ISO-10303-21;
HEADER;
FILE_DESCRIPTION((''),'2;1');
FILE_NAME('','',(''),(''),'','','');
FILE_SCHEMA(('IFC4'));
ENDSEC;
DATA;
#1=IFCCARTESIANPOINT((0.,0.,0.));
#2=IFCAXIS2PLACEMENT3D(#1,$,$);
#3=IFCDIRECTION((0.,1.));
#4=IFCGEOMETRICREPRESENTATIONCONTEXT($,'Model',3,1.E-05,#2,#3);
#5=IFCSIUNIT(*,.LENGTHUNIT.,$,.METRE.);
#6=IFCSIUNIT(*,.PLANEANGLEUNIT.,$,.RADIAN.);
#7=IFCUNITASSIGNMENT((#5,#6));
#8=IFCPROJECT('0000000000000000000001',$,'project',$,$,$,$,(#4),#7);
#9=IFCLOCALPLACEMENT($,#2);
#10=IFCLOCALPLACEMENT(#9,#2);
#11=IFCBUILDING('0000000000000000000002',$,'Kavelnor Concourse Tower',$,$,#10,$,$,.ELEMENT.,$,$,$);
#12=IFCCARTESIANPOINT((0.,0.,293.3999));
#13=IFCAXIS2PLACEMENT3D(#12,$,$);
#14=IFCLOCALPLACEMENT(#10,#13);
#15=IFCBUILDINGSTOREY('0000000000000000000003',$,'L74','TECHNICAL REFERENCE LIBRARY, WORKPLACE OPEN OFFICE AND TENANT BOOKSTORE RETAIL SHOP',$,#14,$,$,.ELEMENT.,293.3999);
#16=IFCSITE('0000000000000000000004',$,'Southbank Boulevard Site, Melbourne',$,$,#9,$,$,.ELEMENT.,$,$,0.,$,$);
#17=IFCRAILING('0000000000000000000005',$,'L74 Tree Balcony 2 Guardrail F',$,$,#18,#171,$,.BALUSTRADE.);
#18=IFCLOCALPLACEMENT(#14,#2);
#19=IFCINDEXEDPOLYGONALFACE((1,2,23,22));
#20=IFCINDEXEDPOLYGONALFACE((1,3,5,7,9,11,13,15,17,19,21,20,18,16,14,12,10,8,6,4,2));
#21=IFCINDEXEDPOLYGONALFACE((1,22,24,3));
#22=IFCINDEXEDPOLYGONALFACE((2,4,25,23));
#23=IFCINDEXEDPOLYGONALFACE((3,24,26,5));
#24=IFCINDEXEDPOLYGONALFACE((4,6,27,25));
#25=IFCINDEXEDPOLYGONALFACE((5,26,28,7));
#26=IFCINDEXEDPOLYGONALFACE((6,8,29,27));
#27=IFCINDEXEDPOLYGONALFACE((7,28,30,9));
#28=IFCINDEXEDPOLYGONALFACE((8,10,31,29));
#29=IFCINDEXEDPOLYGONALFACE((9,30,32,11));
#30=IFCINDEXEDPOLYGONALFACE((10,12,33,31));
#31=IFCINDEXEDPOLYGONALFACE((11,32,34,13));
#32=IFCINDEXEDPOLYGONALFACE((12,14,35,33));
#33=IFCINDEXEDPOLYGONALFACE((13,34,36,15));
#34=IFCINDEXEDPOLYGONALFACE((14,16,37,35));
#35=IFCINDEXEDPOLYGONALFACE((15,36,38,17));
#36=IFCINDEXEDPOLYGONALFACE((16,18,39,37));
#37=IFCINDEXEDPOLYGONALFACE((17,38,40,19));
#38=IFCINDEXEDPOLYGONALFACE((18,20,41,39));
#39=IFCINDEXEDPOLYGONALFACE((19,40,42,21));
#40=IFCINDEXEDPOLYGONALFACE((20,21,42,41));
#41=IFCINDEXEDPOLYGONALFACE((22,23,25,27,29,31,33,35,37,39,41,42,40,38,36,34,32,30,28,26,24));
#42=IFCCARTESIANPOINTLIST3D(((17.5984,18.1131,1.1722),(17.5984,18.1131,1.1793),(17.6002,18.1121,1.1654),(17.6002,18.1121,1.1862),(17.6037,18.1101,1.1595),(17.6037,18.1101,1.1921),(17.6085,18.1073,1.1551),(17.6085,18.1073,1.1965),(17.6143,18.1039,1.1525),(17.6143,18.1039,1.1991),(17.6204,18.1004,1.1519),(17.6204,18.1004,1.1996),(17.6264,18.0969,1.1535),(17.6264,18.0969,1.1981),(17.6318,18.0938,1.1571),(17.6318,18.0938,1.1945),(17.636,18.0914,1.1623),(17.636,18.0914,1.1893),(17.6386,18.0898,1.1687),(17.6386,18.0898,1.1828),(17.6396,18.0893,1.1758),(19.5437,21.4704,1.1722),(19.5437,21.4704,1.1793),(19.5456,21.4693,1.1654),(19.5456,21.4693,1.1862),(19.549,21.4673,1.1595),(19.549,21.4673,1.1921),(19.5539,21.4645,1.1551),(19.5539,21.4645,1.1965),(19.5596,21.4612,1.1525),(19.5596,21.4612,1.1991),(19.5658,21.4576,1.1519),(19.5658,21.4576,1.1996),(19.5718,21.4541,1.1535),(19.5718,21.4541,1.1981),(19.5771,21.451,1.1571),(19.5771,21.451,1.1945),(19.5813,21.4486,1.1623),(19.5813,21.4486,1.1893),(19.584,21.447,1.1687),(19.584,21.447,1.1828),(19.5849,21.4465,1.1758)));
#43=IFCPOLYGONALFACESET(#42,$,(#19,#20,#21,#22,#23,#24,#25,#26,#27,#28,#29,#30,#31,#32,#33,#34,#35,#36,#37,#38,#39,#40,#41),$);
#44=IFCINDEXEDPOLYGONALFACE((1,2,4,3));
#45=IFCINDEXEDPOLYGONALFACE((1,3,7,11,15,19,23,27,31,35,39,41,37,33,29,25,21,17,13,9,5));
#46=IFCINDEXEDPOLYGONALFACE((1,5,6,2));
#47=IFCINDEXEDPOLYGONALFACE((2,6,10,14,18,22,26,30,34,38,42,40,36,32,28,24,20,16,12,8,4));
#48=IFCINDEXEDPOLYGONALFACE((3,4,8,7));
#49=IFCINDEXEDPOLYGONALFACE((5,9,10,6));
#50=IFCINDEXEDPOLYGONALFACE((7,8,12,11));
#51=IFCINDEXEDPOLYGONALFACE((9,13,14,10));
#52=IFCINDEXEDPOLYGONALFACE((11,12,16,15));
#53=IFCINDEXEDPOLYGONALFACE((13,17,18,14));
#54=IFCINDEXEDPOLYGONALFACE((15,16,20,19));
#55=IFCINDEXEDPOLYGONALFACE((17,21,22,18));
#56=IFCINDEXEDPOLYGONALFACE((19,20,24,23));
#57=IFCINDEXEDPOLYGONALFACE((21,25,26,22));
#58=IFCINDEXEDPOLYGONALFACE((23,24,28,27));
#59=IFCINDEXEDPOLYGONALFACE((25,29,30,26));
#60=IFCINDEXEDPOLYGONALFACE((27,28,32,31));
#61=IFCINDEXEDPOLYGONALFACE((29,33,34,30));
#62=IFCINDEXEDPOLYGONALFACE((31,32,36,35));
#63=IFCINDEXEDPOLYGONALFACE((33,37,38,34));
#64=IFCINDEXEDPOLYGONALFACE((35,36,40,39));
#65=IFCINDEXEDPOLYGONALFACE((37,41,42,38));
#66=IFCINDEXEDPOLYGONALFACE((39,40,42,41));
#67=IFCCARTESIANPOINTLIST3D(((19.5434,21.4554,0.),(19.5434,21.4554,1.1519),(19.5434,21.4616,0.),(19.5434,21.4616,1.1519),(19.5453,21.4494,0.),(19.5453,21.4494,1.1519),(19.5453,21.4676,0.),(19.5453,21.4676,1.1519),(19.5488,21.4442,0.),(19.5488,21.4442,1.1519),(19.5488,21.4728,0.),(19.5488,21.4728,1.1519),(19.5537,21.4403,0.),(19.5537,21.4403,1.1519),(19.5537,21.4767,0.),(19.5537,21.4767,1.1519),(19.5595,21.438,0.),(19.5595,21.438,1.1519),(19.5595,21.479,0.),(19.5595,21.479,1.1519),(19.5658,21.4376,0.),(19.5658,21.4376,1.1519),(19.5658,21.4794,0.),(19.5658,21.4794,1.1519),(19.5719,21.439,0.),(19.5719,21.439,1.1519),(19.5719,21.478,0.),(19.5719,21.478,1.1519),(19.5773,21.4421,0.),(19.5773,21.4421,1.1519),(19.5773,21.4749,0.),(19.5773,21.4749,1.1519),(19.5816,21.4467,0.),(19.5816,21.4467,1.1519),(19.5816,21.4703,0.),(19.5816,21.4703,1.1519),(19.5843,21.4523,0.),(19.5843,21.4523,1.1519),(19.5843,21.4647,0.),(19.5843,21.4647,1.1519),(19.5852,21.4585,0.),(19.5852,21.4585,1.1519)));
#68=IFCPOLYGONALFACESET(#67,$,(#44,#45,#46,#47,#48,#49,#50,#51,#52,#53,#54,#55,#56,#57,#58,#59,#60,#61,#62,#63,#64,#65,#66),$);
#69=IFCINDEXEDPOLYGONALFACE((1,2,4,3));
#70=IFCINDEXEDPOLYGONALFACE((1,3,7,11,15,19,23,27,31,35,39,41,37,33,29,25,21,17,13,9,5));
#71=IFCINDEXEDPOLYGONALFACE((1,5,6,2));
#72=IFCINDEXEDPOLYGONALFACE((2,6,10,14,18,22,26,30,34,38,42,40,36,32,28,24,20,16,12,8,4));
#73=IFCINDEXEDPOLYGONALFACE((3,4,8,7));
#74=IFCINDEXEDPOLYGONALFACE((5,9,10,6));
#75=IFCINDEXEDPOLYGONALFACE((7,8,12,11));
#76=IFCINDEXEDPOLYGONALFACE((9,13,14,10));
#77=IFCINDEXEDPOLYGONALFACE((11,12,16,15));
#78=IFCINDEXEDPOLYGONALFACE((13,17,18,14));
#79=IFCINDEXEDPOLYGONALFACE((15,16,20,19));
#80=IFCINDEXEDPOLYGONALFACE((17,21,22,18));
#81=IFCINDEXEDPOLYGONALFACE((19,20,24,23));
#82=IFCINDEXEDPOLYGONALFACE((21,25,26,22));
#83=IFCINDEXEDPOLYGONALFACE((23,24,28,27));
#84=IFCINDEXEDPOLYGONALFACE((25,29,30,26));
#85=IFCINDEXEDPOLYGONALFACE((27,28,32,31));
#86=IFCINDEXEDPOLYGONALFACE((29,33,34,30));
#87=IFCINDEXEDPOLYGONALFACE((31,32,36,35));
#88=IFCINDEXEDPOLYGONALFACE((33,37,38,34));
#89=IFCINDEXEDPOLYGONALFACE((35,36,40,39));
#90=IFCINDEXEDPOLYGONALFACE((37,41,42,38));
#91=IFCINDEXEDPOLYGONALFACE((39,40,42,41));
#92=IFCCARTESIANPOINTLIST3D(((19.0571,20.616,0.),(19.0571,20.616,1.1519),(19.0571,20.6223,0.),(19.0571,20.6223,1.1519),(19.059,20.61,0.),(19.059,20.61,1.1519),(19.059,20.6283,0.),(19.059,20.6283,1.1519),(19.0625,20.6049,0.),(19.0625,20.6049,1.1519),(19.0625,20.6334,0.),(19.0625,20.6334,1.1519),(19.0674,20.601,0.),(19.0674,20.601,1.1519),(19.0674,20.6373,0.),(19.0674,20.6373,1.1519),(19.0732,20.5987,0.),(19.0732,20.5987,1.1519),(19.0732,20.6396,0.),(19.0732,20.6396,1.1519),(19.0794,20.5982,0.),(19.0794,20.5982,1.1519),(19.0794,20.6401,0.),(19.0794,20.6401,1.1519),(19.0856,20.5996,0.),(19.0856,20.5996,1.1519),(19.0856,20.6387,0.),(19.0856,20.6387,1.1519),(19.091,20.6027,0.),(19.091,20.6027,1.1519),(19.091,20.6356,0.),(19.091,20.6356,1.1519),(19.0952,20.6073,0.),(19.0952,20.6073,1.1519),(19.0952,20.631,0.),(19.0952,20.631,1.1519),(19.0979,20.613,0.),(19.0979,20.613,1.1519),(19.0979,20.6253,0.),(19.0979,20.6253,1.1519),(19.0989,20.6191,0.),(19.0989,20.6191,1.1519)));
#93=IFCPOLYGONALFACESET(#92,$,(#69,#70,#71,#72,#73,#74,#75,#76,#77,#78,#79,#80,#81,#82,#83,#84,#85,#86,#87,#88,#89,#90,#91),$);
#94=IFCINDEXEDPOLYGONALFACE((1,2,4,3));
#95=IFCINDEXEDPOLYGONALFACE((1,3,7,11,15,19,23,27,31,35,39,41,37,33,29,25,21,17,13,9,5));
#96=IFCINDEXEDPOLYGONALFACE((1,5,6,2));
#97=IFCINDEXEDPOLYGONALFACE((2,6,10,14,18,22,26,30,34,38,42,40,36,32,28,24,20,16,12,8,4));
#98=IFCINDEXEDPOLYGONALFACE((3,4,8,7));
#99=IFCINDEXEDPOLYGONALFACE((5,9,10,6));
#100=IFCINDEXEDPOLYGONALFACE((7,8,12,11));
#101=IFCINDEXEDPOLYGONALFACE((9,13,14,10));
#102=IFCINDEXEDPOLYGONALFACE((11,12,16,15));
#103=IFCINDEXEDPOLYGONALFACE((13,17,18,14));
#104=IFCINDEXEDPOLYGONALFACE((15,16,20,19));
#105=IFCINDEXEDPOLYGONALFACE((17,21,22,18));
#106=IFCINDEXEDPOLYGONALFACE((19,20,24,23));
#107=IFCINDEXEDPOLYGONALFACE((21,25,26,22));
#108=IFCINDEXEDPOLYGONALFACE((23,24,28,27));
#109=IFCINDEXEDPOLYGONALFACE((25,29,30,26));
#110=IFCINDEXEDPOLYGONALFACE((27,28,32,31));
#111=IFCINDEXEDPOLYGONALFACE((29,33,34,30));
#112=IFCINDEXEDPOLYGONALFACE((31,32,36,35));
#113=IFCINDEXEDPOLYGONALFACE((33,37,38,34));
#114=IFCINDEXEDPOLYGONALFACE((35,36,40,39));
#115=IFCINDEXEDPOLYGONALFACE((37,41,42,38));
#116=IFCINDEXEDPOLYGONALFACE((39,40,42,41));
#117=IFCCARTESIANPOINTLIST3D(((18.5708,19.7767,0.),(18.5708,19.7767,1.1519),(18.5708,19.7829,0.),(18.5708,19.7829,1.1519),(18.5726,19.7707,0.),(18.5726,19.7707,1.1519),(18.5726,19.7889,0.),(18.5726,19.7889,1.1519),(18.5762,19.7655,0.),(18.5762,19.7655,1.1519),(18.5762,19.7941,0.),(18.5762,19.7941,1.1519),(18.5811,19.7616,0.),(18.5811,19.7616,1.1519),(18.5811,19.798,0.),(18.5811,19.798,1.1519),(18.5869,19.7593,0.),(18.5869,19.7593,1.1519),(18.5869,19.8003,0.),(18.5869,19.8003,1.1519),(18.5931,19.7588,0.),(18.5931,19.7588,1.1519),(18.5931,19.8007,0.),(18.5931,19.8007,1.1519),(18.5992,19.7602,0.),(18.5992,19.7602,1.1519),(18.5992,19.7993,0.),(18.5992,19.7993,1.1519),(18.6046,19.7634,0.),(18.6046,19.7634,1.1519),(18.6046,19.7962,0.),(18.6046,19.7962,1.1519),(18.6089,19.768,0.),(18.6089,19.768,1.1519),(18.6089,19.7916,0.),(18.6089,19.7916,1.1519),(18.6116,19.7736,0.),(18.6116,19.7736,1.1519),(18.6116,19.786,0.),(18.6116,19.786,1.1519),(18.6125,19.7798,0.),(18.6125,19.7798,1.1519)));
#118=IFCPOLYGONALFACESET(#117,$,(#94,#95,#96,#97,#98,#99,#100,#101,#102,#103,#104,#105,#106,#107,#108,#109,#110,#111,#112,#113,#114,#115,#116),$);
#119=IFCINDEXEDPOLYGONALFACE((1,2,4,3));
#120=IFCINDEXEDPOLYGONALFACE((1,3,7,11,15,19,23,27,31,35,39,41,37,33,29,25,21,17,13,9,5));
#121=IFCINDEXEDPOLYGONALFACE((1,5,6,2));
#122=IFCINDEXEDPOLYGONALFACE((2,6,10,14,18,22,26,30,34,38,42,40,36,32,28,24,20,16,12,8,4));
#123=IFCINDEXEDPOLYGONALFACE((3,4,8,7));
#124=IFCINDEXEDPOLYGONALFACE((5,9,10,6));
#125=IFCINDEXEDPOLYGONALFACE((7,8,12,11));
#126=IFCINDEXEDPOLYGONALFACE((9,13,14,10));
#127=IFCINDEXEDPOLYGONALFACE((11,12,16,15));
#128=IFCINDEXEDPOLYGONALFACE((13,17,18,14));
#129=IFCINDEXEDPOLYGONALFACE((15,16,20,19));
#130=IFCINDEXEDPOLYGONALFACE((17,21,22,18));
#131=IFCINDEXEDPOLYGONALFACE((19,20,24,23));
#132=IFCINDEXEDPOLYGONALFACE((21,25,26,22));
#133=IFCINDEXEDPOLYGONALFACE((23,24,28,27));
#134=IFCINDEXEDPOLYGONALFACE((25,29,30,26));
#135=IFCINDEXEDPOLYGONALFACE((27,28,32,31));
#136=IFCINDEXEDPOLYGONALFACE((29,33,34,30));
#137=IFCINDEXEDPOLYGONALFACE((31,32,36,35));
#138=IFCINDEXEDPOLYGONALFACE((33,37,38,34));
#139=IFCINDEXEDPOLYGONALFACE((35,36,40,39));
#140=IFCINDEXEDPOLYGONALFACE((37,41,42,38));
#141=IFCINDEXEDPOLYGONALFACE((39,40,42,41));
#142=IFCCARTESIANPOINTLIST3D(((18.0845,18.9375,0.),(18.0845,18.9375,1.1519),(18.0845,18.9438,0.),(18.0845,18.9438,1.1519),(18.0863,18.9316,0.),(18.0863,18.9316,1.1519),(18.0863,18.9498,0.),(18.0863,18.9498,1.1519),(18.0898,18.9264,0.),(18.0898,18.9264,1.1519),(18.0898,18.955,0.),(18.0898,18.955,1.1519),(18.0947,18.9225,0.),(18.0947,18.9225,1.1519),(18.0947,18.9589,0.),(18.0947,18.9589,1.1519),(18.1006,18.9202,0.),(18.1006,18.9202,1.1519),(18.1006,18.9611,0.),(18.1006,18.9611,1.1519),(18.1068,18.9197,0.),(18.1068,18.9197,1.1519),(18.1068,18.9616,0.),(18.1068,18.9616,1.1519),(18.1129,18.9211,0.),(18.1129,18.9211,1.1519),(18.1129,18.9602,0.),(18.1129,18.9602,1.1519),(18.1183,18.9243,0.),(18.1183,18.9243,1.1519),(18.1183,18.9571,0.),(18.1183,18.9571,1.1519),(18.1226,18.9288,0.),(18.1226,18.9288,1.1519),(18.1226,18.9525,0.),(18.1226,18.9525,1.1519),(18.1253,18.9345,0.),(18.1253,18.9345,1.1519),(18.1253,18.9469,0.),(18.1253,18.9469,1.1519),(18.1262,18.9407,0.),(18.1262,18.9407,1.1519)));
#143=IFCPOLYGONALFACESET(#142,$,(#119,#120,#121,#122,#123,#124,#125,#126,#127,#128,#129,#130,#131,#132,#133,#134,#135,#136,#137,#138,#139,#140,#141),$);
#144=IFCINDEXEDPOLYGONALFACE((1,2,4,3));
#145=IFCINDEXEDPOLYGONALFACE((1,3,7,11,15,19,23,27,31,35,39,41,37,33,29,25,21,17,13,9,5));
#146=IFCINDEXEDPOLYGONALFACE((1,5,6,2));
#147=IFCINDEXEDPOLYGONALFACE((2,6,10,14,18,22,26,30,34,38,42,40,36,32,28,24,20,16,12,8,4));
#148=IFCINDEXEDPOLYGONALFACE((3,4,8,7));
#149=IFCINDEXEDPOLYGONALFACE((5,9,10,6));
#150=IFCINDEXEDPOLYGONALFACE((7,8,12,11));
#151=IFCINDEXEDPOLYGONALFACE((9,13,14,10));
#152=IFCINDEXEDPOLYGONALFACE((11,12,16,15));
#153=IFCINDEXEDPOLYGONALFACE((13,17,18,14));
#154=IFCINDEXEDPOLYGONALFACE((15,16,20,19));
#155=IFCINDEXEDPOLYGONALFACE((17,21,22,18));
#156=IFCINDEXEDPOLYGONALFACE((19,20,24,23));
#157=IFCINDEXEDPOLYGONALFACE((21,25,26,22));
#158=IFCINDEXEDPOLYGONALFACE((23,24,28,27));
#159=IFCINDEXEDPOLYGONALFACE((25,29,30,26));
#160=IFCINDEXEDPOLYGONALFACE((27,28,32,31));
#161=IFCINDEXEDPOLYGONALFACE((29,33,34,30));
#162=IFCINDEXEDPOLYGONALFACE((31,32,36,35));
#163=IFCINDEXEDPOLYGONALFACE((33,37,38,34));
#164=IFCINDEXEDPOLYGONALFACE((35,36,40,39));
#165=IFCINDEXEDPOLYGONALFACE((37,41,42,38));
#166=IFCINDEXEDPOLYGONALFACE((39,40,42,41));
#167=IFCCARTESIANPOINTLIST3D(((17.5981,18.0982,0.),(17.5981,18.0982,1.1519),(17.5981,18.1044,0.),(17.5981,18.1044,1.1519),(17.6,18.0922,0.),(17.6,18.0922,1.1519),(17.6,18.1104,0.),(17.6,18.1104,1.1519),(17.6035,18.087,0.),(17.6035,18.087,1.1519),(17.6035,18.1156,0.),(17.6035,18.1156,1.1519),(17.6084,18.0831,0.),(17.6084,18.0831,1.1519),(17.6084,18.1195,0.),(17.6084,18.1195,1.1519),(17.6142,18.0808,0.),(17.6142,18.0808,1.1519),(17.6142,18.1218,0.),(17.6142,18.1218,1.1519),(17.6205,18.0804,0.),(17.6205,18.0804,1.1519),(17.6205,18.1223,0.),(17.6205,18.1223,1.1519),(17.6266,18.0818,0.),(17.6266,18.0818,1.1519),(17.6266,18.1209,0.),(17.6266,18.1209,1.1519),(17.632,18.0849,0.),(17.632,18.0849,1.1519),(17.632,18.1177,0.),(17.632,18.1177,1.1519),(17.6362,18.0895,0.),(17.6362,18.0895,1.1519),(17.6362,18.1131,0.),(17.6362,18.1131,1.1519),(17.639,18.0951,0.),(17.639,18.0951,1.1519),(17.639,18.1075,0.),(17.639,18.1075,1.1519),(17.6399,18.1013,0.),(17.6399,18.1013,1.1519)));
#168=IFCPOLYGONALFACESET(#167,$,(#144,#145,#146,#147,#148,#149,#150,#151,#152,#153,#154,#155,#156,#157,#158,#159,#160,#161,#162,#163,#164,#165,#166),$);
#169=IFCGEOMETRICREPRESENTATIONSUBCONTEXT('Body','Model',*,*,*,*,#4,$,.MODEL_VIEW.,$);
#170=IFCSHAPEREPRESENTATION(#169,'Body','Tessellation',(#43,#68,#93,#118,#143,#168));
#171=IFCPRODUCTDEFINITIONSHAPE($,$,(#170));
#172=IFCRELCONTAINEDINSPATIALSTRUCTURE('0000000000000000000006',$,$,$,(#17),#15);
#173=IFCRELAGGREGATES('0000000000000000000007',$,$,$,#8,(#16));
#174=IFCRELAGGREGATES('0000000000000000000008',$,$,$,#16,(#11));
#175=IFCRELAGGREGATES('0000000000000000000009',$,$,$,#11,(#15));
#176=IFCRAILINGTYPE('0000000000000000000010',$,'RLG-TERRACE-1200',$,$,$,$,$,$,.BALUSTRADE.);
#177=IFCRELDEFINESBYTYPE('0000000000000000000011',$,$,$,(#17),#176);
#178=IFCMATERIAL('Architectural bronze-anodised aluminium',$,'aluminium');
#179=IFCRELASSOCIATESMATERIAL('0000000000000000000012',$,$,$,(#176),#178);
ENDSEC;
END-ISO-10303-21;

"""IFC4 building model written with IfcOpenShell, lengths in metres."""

from ifc_helpers import new_model, si_unit, direction, frame, origin, origin_2d, place, context, subcontext, project, spatial, circle, extrude, material, type_object, element, save


model = new_model("IFC4")

# Units and contexts
model_context = context("Model", 3, precision=1e-05, world=origin(), true_north=direction((0.0, 1.0)))
body_context = subcontext(model_context, "Body", "Model", "MODEL_VIEW")
ifc_project = project(units=[si_unit("LENGTHUNIT", "METRE"), si_unit("PLANEANGLEUNIT", "RADIAN")], contexts=[model_context])

# Site, building, storey
site_placement = place(None, origin())
site = spatial("IfcSite", under=ifc_project, at=site_placement, Name="Southbank Boulevard Site, Melbourne", CompositionType="ELEMENT", RefElevation=0.0)
building_placement = place(site_placement, origin())
building = spatial("IfcBuilding", under=site, at=building_placement, Name="Kavelnor Concourse Tower", CompositionType="ELEMENT")
storey_placement = place(building_placement, frame((0.0, 0.0, 293.3999)))
storey = spatial("IfcBuildingStorey", under=building, at=storey_placement, Name="L74", Description="TECHNICAL REFERENCE LIBRARY, WORKPLACE OPEN OFFICE AND TENANT BOOKSTORE RETAIL SHOP", CompositionType="ELEMENT", Elevation=293.3999)

# Railing
ifc_material_1 = material(Name="Architectural bronze-anodised aluminium", Category="aluminium")
railing_type_1 = type_object("IfcRailingType", Name="RLG-TERRACE-1200", PredefinedType="BALUSTRADE", material=ifc_material_1)
railing_1_placement = place(storey_placement, frame((19.5642, 21.4585, 0.0)))
element("IfcRailing", 1, at=railing_1_placement, inside=storey, type_object=railing_type_1, Name="L74 Tree Balcony 2 Guardrail F", PredefinedType="BALUSTRADE", context=body_context, shape_type="SweptSolid", body=[
    extrude(circle(Radius=0.0239, at=origin_2d()), frame((0.0, 0.0, 1.1758), z_axis=(-0.501361, -0.865238, 0.0), x_axis=(0.865238, -0.501361, 0.0)), (0.0, 0.0, 1.0), 3.8801),
    extrude(circle(Radius=0.021, at=origin_2d()), origin(), (0.0, 0.0, 1.0), 1.1519),
    extrude(circle(Radius=0.021, at=origin_2d()), frame((-0.4863, -0.8394, 0.0)), (0.0, 0.0, 1.0), 1.1519),
    extrude(circle(Radius=0.021, at=origin_2d()), frame((-0.9727, -1.6787, 0.0)), (0.0, 0.0, 1.0), 1.1519),
    extrude(circle(Radius=0.021, at=origin_2d()), frame((-1.459, -2.5178, 0.0)), (0.0, 0.0, 1.0), 1.1519),
    extrude(circle(Radius=0.021, at=origin_2d()), frame((-1.9453, -3.3572, 0.0)), (0.0, 0.0, 1.0), 1.1519),
])

save(model, "model.ifc")
